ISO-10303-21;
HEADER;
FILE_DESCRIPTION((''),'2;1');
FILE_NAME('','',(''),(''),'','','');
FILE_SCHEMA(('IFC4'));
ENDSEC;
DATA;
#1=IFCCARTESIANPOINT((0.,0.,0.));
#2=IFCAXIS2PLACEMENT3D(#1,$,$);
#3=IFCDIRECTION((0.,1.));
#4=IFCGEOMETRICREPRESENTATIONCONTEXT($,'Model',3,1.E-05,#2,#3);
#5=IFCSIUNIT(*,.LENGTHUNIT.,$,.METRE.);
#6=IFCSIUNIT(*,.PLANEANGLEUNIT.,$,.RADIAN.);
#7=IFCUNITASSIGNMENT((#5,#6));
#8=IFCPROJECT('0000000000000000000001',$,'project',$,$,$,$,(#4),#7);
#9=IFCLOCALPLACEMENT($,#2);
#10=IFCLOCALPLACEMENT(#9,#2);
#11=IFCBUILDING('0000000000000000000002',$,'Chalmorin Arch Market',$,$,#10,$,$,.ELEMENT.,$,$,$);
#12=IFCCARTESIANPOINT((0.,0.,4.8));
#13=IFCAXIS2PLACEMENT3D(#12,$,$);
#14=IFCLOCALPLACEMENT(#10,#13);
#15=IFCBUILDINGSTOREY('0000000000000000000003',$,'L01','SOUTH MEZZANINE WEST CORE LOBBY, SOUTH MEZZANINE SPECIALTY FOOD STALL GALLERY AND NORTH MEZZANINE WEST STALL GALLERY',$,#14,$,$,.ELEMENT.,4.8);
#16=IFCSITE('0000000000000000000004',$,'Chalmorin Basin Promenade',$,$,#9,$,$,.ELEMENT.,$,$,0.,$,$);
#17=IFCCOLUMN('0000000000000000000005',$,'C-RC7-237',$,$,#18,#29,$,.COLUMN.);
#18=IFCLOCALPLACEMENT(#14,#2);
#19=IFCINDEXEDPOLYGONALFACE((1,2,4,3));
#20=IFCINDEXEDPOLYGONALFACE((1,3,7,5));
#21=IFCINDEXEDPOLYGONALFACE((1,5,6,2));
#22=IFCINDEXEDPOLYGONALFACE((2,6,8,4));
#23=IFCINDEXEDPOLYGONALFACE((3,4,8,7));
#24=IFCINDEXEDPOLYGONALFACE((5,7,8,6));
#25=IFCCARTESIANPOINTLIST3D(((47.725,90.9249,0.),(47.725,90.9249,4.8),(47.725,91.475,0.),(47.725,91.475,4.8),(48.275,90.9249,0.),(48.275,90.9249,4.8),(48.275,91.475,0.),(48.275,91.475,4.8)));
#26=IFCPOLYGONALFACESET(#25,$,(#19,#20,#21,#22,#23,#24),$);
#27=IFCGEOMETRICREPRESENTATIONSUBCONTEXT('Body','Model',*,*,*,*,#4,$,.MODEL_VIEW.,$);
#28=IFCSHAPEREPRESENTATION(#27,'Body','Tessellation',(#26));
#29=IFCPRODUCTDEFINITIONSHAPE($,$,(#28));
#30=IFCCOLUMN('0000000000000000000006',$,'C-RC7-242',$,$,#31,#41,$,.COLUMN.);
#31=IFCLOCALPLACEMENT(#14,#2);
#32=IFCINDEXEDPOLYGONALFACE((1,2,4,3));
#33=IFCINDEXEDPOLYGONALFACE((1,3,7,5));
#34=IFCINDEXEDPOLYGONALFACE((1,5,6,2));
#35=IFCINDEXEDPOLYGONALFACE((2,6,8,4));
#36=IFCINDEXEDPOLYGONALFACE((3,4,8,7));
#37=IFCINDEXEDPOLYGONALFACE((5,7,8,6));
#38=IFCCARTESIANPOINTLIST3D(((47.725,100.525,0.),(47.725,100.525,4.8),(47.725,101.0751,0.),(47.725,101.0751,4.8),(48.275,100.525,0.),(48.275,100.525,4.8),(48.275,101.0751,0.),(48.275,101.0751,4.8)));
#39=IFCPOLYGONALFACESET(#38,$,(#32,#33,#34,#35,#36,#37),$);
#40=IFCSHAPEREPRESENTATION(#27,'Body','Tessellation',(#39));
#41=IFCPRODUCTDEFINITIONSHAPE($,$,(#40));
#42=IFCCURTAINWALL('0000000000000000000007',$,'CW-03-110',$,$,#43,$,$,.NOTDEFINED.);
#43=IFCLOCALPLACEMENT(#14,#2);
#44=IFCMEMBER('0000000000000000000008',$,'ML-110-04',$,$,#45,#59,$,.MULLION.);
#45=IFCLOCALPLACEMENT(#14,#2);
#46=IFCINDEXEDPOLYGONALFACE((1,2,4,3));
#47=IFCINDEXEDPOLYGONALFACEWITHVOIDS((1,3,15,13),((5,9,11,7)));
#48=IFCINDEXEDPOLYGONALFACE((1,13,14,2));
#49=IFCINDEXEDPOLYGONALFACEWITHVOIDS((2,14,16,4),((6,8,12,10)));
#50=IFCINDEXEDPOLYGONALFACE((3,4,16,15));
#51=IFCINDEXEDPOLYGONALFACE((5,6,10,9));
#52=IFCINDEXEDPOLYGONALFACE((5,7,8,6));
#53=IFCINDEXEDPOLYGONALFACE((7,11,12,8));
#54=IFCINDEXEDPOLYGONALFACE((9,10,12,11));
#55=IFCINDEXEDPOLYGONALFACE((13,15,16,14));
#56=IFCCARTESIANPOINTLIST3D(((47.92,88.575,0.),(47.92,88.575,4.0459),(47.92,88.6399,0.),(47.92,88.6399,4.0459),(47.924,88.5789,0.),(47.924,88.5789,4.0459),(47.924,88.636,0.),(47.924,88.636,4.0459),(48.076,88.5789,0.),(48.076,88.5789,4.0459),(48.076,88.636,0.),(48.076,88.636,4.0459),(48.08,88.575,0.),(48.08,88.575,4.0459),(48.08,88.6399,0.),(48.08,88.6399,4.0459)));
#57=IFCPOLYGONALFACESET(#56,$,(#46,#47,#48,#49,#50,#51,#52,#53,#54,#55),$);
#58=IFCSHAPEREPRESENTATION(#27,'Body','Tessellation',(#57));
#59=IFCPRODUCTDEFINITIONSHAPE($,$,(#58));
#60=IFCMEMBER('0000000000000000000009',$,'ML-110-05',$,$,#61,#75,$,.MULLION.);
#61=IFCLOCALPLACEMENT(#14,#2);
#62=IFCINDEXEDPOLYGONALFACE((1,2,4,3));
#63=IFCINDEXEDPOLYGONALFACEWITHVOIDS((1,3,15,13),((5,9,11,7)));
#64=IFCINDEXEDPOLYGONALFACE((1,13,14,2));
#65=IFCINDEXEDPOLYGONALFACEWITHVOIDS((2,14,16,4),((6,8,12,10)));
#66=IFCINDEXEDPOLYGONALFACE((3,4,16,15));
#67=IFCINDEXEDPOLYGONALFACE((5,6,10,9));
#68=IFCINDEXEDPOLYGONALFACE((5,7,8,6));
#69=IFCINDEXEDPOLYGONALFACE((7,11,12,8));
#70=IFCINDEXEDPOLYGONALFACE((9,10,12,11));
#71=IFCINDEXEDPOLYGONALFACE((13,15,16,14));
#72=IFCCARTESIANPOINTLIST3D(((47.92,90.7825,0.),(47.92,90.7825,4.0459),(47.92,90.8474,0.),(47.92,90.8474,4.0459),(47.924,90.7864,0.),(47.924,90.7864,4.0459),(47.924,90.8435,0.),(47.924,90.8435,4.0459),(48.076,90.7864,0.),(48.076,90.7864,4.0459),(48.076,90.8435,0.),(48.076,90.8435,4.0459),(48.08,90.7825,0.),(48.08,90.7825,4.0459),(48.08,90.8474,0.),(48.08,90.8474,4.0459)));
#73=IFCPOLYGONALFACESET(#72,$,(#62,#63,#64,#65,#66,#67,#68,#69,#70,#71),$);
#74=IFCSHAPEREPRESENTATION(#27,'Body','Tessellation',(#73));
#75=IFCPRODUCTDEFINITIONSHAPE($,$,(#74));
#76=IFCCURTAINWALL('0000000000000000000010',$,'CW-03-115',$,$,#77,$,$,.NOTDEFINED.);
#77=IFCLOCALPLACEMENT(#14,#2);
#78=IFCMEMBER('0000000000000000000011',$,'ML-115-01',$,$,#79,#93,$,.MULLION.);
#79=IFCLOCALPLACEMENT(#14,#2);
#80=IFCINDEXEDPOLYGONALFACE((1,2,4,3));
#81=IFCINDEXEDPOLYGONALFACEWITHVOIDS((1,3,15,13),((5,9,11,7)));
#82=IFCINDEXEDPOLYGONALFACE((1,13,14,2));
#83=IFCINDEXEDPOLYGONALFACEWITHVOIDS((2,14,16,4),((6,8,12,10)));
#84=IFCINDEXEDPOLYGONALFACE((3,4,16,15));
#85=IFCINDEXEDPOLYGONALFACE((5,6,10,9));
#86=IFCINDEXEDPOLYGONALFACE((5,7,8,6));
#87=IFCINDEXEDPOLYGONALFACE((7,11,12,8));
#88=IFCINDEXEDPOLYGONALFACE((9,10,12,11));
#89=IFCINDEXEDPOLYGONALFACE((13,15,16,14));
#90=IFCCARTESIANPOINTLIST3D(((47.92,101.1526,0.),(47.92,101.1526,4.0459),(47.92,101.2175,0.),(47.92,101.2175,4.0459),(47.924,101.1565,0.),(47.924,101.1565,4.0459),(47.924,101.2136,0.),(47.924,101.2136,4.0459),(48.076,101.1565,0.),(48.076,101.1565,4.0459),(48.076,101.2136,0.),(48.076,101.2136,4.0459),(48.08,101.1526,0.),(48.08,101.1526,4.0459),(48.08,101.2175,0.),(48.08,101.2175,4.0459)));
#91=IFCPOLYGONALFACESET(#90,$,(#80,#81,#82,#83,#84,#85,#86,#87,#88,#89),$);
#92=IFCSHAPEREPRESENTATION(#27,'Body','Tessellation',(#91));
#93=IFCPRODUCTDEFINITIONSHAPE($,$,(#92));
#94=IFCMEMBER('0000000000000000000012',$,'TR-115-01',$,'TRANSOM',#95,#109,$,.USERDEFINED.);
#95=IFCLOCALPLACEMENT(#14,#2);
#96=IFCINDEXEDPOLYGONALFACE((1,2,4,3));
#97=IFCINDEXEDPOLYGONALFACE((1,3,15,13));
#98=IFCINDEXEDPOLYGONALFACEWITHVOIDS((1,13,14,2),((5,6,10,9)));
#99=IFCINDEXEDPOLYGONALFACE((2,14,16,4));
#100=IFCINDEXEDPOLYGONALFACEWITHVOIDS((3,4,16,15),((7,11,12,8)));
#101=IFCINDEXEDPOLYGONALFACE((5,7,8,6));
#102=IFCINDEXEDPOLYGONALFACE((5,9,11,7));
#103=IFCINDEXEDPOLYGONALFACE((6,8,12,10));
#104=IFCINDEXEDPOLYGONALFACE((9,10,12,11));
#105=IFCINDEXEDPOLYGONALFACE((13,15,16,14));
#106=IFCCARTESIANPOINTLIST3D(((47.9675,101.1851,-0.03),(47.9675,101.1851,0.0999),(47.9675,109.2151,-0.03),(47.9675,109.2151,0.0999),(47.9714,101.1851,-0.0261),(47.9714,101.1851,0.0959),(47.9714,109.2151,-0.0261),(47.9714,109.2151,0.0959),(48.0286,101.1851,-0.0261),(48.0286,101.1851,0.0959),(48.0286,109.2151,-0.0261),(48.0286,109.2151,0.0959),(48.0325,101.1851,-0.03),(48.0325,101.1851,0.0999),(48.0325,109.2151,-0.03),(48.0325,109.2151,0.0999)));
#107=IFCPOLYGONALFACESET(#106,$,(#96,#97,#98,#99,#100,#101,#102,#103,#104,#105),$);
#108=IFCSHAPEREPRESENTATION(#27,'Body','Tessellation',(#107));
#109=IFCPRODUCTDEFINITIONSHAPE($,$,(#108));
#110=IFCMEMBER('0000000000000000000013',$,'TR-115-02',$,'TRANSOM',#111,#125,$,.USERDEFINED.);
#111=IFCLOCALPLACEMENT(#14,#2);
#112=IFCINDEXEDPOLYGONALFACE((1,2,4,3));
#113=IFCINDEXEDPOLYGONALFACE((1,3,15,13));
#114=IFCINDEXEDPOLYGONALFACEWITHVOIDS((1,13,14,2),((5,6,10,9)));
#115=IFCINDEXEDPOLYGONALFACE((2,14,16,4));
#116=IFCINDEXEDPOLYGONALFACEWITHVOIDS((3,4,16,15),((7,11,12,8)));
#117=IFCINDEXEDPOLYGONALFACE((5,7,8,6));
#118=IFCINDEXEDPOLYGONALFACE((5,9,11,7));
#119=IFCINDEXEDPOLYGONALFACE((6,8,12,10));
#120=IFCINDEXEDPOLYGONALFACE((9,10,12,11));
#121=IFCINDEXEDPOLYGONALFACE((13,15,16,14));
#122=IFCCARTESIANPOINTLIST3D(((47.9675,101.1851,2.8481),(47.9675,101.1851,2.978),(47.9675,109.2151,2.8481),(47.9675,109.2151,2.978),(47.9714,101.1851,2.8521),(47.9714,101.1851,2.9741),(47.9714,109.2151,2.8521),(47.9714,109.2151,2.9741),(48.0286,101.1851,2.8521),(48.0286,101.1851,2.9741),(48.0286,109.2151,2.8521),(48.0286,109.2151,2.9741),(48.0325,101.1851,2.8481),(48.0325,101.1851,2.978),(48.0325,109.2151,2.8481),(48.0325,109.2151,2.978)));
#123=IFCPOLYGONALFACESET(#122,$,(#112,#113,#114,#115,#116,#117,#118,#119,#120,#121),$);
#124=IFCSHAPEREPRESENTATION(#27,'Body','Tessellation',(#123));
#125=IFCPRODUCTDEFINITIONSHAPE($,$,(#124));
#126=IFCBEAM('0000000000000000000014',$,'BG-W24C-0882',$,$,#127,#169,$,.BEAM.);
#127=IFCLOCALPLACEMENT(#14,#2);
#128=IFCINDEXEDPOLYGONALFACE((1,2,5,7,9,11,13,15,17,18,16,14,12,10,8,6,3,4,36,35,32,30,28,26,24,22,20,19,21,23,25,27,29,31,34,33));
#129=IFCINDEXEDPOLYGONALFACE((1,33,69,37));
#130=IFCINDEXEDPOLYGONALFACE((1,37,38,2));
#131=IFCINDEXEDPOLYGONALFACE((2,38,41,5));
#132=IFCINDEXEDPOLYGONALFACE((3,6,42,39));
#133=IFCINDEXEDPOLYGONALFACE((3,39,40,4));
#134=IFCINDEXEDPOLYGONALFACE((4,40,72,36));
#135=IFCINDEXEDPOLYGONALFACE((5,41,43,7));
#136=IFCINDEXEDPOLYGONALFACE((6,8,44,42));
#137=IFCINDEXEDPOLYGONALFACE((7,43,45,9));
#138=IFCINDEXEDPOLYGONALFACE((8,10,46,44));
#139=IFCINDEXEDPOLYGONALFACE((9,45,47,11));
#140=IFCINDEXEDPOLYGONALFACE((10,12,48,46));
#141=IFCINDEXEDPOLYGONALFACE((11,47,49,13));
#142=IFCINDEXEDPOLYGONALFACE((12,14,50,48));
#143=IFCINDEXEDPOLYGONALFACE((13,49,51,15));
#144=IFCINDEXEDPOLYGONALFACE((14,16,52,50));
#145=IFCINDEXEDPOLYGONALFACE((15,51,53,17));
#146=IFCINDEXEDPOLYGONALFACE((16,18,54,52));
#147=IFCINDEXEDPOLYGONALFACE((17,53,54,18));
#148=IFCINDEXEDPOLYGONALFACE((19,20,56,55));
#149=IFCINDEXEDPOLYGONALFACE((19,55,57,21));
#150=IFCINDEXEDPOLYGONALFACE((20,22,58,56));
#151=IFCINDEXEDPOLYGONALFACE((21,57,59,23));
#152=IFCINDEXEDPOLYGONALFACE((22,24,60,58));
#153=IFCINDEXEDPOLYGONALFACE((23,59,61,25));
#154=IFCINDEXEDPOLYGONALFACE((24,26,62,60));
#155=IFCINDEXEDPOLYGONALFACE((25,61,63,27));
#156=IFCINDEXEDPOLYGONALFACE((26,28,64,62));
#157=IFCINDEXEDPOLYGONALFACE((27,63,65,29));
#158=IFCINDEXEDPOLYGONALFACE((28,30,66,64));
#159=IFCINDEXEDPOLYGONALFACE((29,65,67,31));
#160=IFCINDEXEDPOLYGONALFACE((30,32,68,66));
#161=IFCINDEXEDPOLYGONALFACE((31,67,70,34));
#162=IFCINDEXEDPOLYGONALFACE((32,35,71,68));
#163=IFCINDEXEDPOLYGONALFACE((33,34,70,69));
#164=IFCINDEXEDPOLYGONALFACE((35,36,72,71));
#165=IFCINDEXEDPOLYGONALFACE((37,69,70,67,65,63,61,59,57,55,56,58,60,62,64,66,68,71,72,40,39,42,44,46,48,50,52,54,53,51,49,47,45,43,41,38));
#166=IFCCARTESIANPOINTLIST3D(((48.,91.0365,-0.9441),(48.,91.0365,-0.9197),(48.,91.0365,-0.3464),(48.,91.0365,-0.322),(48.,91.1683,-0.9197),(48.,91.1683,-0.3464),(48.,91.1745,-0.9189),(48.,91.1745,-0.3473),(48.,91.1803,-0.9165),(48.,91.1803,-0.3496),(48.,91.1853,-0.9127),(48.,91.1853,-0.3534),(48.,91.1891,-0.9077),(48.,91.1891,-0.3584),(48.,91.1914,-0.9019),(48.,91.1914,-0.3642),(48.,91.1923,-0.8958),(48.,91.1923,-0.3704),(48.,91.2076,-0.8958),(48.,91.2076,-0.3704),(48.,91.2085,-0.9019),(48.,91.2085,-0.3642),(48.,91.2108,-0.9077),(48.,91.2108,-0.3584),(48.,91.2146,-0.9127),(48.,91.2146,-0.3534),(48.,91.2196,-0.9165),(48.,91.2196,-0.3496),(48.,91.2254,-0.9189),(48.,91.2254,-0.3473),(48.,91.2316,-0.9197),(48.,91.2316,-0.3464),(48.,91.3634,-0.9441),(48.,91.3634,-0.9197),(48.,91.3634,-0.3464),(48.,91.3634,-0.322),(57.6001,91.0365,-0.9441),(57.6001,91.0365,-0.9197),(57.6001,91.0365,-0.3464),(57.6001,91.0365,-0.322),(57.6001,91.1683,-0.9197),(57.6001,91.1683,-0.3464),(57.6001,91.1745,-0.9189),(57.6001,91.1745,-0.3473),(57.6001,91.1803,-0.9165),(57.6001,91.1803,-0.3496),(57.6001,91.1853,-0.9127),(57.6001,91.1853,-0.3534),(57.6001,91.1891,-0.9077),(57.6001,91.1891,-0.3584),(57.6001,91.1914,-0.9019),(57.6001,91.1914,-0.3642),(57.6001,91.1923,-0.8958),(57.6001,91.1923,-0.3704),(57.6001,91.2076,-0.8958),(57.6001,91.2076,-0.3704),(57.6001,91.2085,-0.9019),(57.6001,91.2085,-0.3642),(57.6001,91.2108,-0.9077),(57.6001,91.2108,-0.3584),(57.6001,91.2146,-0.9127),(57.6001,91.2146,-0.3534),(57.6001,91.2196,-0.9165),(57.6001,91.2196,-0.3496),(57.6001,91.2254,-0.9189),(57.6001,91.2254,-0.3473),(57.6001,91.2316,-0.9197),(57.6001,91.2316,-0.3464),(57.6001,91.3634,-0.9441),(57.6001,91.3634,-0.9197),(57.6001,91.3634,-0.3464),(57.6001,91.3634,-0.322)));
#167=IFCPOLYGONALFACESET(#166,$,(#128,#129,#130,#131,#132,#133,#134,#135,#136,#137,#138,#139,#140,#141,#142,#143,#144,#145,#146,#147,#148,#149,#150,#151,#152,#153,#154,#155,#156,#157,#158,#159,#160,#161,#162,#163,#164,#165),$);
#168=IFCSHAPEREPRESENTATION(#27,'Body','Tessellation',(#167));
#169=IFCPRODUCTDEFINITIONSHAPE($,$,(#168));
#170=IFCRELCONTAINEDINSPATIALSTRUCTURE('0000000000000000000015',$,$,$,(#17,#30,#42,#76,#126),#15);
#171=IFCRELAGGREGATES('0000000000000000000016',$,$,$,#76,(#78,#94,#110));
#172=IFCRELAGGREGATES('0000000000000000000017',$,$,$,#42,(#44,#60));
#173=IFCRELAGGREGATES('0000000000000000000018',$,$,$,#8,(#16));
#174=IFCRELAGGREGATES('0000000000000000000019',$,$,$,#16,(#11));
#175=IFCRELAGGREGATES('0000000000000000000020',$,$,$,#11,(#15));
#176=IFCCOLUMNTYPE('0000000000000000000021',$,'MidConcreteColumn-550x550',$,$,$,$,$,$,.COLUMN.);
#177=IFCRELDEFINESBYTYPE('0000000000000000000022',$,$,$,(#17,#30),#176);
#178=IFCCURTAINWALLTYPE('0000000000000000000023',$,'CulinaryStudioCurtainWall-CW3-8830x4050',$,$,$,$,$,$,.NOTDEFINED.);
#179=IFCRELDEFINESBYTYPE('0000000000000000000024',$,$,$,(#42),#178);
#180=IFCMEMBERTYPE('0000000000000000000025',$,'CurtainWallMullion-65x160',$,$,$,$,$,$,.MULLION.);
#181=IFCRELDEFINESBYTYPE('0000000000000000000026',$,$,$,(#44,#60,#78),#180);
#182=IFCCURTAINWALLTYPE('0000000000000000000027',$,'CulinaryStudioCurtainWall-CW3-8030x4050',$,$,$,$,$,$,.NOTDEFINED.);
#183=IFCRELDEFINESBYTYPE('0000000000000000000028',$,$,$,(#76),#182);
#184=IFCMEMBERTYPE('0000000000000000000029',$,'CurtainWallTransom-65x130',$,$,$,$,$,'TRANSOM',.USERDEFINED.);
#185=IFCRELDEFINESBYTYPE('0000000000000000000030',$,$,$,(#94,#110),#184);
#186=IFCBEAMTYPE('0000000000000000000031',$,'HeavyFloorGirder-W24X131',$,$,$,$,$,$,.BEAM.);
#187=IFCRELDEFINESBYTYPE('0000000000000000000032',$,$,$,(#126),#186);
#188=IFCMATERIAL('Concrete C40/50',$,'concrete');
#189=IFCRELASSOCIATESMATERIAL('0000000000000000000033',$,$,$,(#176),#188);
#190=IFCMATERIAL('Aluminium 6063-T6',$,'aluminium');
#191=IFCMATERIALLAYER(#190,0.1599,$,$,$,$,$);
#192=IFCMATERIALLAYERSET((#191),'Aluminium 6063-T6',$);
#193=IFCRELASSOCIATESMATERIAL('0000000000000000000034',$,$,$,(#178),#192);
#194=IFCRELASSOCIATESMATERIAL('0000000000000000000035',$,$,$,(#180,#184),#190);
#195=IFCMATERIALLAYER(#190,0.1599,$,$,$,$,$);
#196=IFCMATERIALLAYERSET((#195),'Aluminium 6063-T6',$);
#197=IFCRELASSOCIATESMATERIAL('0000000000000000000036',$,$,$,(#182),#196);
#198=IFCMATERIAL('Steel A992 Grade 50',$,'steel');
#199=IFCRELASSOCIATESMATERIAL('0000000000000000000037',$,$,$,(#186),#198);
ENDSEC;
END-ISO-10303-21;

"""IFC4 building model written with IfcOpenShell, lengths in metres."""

from ifc_helpers import new_model, si_unit, direction, frame, origin, origin_2d, place, context, subcontext, project, spatial, rectangle, hollow_rectangle, i_section, extrude, material, layer, layer_set, material_profile, profile_set, type_object, element, aggregate, save


model = new_model("IFC4")

# Units and contexts
model_context = context("Model", 3, precision=1e-05, world=origin(), true_north=direction((0.0, 1.0)))
body_context = subcontext(model_context, "Body", "Model", "MODEL_VIEW")
ifc_project = project(units=[si_unit("LENGTHUNIT", "METRE"), si_unit("PLANEANGLEUNIT", "RADIAN")], contexts=[model_context])

# Site, building, storey
site_placement = place(None, origin())
site = spatial("IfcSite", under=ifc_project, at=site_placement, Name="Chalmorin Basin Promenade", CompositionType="ELEMENT", RefElevation=0.0)
building_placement = place(site_placement, origin())
building = spatial("IfcBuilding", under=site, at=building_placement, Name="Chalmorin Arch Market", CompositionType="ELEMENT")
storey_placement = place(building_placement, frame((0.0, 0.0, 4.8)))
storey = spatial("IfcBuildingStorey", under=building, at=storey_placement, Name="L01", Description="SOUTH MEZZANINE WEST CORE LOBBY, SOUTH MEZZANINE SPECIALTY FOOD STALL GALLERY AND NORTH MEZZANINE WEST STALL GALLERY", CompositionType="ELEMENT", Elevation=4.8)

# Columns
ifc_material_1 = material(Name="Concrete C40/50", Category="concrete")
ifc_material_profile_1 = material_profile(ifc_material_1, rectangle(XDim=0.55, YDim=0.55, at=origin_2d()), Name="RC550X550")
ifc_profile_set_1 = profile_set([ifc_material_profile_1], Name="Concrete C40/50")
column_type = type_object("IfcColumnType", Name="MidConcreteColumn-550x550", PredefinedType="COLUMN", material=ifc_profile_set_1)
for number, where, z_axis, x_axis, name in (
    (1, (48.0, 91.2, 0.0), (0.0, 0.0, 1.0), (1.0, 0.0, 0.0), "C-RC7-237"),
    (2, (48.0, 100.8, 0.0), (0.0, 0.0, 1.0), (1.0, 0.0, 0.0), "C-RC7-242"),
):
    element("IfcColumn", number, at=place(storey_placement, frame(where, z_axis=z_axis, x_axis=x_axis)), inside=storey, type_object=column_type, Name=name, PredefinedType="COLUMN", context=body_context, shape_type="SweptSolid", body=[
        extrude(rectangle(XDim=0.55, YDim=0.55, at=origin_2d()), origin(), (0.0, 0.0, 1.0), 4.8),
    ])

# Curtain walls, members
ifc_material_2 = material(Name="Aluminium 6063-T6", Category="aluminium")
ifc_layer_1 = layer(ifc_material_2, 0.1599)
ifc_layer_set_1 = layer_set([ifc_layer_1], Name="Aluminium 6063-T6")
curtain_wall_type_1 = type_object("IfcCurtainWallType", Name="CulinaryStudioCurtainWall-CW3-8830x4050", PredefinedType="NOTDEFINED", material=ifc_layer_set_1)
curtain_wall_1_placement = place(storey_placement, origin())
curtain_wall_1 = element("IfcCurtainWall", 3, at=curtain_wall_1_placement, inside=storey, type_object=curtain_wall_type_1, Name="CW-03-110", PredefinedType="NOTDEFINED")
ifc_material_profile_2 = material_profile(ifc_material_2, hollow_rectangle(XDim=0.0649, YDim=0.1599, WallThickness=0.0039, at=origin_2d()), Name="ALU65X160X4")
ifc_profile_set_2 = profile_set([ifc_material_profile_2], Name="Aluminium 6063-T6")
member_type_1 = type_object("IfcMemberType", Name="CurtainWallMullion-65x160", PredefinedType="MULLION", material=ifc_profile_set_2)
member_1_placement = place(storey_placement, frame((48.0, 88.6074, 0.0), z_axis=(0.0, 0.0, 1.0), x_axis=(0.0, 1.0, 0.0)))
member_1 = element("IfcMember", 4, at=member_1_placement, type_object=member_type_1, Name="ML-110-04", PredefinedType="MULLION", context=body_context, shape_type="SweptSolid", body=[
    extrude(hollow_rectangle(XDim=0.0649, YDim=0.1599, WallThickness=0.0039, at=origin_2d()), origin(), (0.0, 0.0, 1.0), 4.0459),
])
member_2_placement = place(storey_placement, frame((48.0, 90.8149, 0.0), z_axis=(0.0, 0.0, 1.0), x_axis=(0.0, 1.0, 0.0)))
member_2 = element("IfcMember", 5, at=member_2_placement, type_object=member_type_1, Name="ML-110-05", PredefinedType="MULLION", context=body_context, shape_type="SweptSolid", body=[
    extrude(hollow_rectangle(XDim=0.0649, YDim=0.1599, WallThickness=0.0039, at=origin_2d()), origin(), (0.0, 0.0, 1.0), 4.0459),
])
ifc_layer_2 = layer(ifc_material_2, 0.1599)
ifc_layer_set_2 = layer_set([ifc_layer_2], Name="Aluminium 6063-T6")
curtain_wall_type_2 = type_object("IfcCurtainWallType", Name="CulinaryStudioCurtainWall-CW3-8030x4050", PredefinedType="NOTDEFINED", material=ifc_layer_set_2)
curtain_wall_2_placement = place(storey_placement, origin())
curtain_wall_2 = element("IfcCurtainWall", 6, at=curtain_wall_2_placement, inside=storey, type_object=curtain_wall_type_2, Name="CW-03-115", PredefinedType="NOTDEFINED")
member_3_placement = place(storey_placement, frame((48.0, 101.1851, 0.0), z_axis=(0.0, 0.0, 1.0), x_axis=(0.0, 1.0, 0.0)))
member_3 = element("IfcMember", 7, at=member_3_placement, type_object=member_type_1, Name="ML-115-01", PredefinedType="MULLION", context=body_context, shape_type="SweptSolid", body=[
    extrude(hollow_rectangle(XDim=0.0649, YDim=0.1599, WallThickness=0.0039, at=origin_2d()), origin(), (0.0, 0.0, 1.0), 4.0459),
])
ifc_material_profile_3 = material_profile(ifc_material_2, hollow_rectangle(XDim=0.0649, YDim=0.1299, WallThickness=0.0039, at=origin_2d()), Name="ALU65X130X4")
ifc_profile_set_3 = profile_set([ifc_material_profile_3], Name="Aluminium 6063-T6")
member_type_2 = type_object("IfcMemberType", Name="CurtainWallTransom-65x130", ElementType="TRANSOM", PredefinedType="USERDEFINED", material=ifc_profile_set_3)
member_4_placement = place(storey_placement, frame((48.0, 101.1851, 0.0349), z_axis=(0.0, 1.0, 0.0), x_axis=(-1.0, 0.0, 0.0)))
member_4 = element("IfcMember", 8, at=member_4_placement, type_object=member_type_2, Name="TR-115-01", ObjectType="TRANSOM", PredefinedType="USERDEFINED", context=body_context, shape_type="SweptSolid", body=[
    extrude(hollow_rectangle(XDim=0.0649, YDim=0.1299, WallThickness=0.0039, at=origin_2d()), origin(), (0.0, 0.0, 1.0), 8.03),
])
member_5_placement = place(storey_placement, frame((48.0, 101.1851, 2.9131), z_axis=(0.0, 1.0, 0.0), x_axis=(-1.0, 0.0, 0.0)))
member_5 = element("IfcMember", 9, at=member_5_placement, type_object=member_type_2, Name="TR-115-02", ObjectType="TRANSOM", PredefinedType="USERDEFINED", context=body_context, shape_type="SweptSolid", body=[
    extrude(hollow_rectangle(XDim=0.0649, YDim=0.1299, WallThickness=0.0039, at=origin_2d()), origin(), (0.0, 0.0, 1.0), 8.03),
])
aggregate(curtain_wall_2, [member_3, member_4, member_5])

# Beam
ifc_material_3 = material(Name="Steel A992 Grade 50", Category="steel")
ifc_material_profile_4 = material_profile(ifc_material_3, i_section(OverallWidth=0.3269, OverallDepth=0.6221, WebThickness=0.0154, FlangeThickness=0.0244, FilletRadius=0.0239, at=origin_2d()), Name="W24X131")
ifc_profile_set_4 = profile_set([ifc_material_profile_4], Name="Steel A992 Grade 50")
beam_type_1 = type_object("IfcBeamType", Name="HeavyFloorGirder-W24X131", PredefinedType="BEAM", material=ifc_profile_set_4)
for number, where, z_axis, x_axis, name in (
    (10, (48.0, 91.2, -0.6331), (1.0, 0.0, 0.0), (0.0, 1.0, 0.0), "BG-W24C-0882"),
):
    element("IfcBeam", number, at=place(storey_placement, frame(where, z_axis=z_axis, x_axis=x_axis)), inside=storey, type_object=beam_type_1, Name=name, PredefinedType="BEAM", context=body_context, shape_type="SweptSolid", body=[
        extrude(i_section(OverallWidth=0.3269, OverallDepth=0.6221, WebThickness=0.0154, FlangeThickness=0.0244, FilletRadius=0.0239, at=origin_2d()), origin(), (0.0, 0.0, 1.0), 9.6001),
    ])

aggregate(curtain_wall_1, [member_1, member_2])

save(model, "model.ifc")
